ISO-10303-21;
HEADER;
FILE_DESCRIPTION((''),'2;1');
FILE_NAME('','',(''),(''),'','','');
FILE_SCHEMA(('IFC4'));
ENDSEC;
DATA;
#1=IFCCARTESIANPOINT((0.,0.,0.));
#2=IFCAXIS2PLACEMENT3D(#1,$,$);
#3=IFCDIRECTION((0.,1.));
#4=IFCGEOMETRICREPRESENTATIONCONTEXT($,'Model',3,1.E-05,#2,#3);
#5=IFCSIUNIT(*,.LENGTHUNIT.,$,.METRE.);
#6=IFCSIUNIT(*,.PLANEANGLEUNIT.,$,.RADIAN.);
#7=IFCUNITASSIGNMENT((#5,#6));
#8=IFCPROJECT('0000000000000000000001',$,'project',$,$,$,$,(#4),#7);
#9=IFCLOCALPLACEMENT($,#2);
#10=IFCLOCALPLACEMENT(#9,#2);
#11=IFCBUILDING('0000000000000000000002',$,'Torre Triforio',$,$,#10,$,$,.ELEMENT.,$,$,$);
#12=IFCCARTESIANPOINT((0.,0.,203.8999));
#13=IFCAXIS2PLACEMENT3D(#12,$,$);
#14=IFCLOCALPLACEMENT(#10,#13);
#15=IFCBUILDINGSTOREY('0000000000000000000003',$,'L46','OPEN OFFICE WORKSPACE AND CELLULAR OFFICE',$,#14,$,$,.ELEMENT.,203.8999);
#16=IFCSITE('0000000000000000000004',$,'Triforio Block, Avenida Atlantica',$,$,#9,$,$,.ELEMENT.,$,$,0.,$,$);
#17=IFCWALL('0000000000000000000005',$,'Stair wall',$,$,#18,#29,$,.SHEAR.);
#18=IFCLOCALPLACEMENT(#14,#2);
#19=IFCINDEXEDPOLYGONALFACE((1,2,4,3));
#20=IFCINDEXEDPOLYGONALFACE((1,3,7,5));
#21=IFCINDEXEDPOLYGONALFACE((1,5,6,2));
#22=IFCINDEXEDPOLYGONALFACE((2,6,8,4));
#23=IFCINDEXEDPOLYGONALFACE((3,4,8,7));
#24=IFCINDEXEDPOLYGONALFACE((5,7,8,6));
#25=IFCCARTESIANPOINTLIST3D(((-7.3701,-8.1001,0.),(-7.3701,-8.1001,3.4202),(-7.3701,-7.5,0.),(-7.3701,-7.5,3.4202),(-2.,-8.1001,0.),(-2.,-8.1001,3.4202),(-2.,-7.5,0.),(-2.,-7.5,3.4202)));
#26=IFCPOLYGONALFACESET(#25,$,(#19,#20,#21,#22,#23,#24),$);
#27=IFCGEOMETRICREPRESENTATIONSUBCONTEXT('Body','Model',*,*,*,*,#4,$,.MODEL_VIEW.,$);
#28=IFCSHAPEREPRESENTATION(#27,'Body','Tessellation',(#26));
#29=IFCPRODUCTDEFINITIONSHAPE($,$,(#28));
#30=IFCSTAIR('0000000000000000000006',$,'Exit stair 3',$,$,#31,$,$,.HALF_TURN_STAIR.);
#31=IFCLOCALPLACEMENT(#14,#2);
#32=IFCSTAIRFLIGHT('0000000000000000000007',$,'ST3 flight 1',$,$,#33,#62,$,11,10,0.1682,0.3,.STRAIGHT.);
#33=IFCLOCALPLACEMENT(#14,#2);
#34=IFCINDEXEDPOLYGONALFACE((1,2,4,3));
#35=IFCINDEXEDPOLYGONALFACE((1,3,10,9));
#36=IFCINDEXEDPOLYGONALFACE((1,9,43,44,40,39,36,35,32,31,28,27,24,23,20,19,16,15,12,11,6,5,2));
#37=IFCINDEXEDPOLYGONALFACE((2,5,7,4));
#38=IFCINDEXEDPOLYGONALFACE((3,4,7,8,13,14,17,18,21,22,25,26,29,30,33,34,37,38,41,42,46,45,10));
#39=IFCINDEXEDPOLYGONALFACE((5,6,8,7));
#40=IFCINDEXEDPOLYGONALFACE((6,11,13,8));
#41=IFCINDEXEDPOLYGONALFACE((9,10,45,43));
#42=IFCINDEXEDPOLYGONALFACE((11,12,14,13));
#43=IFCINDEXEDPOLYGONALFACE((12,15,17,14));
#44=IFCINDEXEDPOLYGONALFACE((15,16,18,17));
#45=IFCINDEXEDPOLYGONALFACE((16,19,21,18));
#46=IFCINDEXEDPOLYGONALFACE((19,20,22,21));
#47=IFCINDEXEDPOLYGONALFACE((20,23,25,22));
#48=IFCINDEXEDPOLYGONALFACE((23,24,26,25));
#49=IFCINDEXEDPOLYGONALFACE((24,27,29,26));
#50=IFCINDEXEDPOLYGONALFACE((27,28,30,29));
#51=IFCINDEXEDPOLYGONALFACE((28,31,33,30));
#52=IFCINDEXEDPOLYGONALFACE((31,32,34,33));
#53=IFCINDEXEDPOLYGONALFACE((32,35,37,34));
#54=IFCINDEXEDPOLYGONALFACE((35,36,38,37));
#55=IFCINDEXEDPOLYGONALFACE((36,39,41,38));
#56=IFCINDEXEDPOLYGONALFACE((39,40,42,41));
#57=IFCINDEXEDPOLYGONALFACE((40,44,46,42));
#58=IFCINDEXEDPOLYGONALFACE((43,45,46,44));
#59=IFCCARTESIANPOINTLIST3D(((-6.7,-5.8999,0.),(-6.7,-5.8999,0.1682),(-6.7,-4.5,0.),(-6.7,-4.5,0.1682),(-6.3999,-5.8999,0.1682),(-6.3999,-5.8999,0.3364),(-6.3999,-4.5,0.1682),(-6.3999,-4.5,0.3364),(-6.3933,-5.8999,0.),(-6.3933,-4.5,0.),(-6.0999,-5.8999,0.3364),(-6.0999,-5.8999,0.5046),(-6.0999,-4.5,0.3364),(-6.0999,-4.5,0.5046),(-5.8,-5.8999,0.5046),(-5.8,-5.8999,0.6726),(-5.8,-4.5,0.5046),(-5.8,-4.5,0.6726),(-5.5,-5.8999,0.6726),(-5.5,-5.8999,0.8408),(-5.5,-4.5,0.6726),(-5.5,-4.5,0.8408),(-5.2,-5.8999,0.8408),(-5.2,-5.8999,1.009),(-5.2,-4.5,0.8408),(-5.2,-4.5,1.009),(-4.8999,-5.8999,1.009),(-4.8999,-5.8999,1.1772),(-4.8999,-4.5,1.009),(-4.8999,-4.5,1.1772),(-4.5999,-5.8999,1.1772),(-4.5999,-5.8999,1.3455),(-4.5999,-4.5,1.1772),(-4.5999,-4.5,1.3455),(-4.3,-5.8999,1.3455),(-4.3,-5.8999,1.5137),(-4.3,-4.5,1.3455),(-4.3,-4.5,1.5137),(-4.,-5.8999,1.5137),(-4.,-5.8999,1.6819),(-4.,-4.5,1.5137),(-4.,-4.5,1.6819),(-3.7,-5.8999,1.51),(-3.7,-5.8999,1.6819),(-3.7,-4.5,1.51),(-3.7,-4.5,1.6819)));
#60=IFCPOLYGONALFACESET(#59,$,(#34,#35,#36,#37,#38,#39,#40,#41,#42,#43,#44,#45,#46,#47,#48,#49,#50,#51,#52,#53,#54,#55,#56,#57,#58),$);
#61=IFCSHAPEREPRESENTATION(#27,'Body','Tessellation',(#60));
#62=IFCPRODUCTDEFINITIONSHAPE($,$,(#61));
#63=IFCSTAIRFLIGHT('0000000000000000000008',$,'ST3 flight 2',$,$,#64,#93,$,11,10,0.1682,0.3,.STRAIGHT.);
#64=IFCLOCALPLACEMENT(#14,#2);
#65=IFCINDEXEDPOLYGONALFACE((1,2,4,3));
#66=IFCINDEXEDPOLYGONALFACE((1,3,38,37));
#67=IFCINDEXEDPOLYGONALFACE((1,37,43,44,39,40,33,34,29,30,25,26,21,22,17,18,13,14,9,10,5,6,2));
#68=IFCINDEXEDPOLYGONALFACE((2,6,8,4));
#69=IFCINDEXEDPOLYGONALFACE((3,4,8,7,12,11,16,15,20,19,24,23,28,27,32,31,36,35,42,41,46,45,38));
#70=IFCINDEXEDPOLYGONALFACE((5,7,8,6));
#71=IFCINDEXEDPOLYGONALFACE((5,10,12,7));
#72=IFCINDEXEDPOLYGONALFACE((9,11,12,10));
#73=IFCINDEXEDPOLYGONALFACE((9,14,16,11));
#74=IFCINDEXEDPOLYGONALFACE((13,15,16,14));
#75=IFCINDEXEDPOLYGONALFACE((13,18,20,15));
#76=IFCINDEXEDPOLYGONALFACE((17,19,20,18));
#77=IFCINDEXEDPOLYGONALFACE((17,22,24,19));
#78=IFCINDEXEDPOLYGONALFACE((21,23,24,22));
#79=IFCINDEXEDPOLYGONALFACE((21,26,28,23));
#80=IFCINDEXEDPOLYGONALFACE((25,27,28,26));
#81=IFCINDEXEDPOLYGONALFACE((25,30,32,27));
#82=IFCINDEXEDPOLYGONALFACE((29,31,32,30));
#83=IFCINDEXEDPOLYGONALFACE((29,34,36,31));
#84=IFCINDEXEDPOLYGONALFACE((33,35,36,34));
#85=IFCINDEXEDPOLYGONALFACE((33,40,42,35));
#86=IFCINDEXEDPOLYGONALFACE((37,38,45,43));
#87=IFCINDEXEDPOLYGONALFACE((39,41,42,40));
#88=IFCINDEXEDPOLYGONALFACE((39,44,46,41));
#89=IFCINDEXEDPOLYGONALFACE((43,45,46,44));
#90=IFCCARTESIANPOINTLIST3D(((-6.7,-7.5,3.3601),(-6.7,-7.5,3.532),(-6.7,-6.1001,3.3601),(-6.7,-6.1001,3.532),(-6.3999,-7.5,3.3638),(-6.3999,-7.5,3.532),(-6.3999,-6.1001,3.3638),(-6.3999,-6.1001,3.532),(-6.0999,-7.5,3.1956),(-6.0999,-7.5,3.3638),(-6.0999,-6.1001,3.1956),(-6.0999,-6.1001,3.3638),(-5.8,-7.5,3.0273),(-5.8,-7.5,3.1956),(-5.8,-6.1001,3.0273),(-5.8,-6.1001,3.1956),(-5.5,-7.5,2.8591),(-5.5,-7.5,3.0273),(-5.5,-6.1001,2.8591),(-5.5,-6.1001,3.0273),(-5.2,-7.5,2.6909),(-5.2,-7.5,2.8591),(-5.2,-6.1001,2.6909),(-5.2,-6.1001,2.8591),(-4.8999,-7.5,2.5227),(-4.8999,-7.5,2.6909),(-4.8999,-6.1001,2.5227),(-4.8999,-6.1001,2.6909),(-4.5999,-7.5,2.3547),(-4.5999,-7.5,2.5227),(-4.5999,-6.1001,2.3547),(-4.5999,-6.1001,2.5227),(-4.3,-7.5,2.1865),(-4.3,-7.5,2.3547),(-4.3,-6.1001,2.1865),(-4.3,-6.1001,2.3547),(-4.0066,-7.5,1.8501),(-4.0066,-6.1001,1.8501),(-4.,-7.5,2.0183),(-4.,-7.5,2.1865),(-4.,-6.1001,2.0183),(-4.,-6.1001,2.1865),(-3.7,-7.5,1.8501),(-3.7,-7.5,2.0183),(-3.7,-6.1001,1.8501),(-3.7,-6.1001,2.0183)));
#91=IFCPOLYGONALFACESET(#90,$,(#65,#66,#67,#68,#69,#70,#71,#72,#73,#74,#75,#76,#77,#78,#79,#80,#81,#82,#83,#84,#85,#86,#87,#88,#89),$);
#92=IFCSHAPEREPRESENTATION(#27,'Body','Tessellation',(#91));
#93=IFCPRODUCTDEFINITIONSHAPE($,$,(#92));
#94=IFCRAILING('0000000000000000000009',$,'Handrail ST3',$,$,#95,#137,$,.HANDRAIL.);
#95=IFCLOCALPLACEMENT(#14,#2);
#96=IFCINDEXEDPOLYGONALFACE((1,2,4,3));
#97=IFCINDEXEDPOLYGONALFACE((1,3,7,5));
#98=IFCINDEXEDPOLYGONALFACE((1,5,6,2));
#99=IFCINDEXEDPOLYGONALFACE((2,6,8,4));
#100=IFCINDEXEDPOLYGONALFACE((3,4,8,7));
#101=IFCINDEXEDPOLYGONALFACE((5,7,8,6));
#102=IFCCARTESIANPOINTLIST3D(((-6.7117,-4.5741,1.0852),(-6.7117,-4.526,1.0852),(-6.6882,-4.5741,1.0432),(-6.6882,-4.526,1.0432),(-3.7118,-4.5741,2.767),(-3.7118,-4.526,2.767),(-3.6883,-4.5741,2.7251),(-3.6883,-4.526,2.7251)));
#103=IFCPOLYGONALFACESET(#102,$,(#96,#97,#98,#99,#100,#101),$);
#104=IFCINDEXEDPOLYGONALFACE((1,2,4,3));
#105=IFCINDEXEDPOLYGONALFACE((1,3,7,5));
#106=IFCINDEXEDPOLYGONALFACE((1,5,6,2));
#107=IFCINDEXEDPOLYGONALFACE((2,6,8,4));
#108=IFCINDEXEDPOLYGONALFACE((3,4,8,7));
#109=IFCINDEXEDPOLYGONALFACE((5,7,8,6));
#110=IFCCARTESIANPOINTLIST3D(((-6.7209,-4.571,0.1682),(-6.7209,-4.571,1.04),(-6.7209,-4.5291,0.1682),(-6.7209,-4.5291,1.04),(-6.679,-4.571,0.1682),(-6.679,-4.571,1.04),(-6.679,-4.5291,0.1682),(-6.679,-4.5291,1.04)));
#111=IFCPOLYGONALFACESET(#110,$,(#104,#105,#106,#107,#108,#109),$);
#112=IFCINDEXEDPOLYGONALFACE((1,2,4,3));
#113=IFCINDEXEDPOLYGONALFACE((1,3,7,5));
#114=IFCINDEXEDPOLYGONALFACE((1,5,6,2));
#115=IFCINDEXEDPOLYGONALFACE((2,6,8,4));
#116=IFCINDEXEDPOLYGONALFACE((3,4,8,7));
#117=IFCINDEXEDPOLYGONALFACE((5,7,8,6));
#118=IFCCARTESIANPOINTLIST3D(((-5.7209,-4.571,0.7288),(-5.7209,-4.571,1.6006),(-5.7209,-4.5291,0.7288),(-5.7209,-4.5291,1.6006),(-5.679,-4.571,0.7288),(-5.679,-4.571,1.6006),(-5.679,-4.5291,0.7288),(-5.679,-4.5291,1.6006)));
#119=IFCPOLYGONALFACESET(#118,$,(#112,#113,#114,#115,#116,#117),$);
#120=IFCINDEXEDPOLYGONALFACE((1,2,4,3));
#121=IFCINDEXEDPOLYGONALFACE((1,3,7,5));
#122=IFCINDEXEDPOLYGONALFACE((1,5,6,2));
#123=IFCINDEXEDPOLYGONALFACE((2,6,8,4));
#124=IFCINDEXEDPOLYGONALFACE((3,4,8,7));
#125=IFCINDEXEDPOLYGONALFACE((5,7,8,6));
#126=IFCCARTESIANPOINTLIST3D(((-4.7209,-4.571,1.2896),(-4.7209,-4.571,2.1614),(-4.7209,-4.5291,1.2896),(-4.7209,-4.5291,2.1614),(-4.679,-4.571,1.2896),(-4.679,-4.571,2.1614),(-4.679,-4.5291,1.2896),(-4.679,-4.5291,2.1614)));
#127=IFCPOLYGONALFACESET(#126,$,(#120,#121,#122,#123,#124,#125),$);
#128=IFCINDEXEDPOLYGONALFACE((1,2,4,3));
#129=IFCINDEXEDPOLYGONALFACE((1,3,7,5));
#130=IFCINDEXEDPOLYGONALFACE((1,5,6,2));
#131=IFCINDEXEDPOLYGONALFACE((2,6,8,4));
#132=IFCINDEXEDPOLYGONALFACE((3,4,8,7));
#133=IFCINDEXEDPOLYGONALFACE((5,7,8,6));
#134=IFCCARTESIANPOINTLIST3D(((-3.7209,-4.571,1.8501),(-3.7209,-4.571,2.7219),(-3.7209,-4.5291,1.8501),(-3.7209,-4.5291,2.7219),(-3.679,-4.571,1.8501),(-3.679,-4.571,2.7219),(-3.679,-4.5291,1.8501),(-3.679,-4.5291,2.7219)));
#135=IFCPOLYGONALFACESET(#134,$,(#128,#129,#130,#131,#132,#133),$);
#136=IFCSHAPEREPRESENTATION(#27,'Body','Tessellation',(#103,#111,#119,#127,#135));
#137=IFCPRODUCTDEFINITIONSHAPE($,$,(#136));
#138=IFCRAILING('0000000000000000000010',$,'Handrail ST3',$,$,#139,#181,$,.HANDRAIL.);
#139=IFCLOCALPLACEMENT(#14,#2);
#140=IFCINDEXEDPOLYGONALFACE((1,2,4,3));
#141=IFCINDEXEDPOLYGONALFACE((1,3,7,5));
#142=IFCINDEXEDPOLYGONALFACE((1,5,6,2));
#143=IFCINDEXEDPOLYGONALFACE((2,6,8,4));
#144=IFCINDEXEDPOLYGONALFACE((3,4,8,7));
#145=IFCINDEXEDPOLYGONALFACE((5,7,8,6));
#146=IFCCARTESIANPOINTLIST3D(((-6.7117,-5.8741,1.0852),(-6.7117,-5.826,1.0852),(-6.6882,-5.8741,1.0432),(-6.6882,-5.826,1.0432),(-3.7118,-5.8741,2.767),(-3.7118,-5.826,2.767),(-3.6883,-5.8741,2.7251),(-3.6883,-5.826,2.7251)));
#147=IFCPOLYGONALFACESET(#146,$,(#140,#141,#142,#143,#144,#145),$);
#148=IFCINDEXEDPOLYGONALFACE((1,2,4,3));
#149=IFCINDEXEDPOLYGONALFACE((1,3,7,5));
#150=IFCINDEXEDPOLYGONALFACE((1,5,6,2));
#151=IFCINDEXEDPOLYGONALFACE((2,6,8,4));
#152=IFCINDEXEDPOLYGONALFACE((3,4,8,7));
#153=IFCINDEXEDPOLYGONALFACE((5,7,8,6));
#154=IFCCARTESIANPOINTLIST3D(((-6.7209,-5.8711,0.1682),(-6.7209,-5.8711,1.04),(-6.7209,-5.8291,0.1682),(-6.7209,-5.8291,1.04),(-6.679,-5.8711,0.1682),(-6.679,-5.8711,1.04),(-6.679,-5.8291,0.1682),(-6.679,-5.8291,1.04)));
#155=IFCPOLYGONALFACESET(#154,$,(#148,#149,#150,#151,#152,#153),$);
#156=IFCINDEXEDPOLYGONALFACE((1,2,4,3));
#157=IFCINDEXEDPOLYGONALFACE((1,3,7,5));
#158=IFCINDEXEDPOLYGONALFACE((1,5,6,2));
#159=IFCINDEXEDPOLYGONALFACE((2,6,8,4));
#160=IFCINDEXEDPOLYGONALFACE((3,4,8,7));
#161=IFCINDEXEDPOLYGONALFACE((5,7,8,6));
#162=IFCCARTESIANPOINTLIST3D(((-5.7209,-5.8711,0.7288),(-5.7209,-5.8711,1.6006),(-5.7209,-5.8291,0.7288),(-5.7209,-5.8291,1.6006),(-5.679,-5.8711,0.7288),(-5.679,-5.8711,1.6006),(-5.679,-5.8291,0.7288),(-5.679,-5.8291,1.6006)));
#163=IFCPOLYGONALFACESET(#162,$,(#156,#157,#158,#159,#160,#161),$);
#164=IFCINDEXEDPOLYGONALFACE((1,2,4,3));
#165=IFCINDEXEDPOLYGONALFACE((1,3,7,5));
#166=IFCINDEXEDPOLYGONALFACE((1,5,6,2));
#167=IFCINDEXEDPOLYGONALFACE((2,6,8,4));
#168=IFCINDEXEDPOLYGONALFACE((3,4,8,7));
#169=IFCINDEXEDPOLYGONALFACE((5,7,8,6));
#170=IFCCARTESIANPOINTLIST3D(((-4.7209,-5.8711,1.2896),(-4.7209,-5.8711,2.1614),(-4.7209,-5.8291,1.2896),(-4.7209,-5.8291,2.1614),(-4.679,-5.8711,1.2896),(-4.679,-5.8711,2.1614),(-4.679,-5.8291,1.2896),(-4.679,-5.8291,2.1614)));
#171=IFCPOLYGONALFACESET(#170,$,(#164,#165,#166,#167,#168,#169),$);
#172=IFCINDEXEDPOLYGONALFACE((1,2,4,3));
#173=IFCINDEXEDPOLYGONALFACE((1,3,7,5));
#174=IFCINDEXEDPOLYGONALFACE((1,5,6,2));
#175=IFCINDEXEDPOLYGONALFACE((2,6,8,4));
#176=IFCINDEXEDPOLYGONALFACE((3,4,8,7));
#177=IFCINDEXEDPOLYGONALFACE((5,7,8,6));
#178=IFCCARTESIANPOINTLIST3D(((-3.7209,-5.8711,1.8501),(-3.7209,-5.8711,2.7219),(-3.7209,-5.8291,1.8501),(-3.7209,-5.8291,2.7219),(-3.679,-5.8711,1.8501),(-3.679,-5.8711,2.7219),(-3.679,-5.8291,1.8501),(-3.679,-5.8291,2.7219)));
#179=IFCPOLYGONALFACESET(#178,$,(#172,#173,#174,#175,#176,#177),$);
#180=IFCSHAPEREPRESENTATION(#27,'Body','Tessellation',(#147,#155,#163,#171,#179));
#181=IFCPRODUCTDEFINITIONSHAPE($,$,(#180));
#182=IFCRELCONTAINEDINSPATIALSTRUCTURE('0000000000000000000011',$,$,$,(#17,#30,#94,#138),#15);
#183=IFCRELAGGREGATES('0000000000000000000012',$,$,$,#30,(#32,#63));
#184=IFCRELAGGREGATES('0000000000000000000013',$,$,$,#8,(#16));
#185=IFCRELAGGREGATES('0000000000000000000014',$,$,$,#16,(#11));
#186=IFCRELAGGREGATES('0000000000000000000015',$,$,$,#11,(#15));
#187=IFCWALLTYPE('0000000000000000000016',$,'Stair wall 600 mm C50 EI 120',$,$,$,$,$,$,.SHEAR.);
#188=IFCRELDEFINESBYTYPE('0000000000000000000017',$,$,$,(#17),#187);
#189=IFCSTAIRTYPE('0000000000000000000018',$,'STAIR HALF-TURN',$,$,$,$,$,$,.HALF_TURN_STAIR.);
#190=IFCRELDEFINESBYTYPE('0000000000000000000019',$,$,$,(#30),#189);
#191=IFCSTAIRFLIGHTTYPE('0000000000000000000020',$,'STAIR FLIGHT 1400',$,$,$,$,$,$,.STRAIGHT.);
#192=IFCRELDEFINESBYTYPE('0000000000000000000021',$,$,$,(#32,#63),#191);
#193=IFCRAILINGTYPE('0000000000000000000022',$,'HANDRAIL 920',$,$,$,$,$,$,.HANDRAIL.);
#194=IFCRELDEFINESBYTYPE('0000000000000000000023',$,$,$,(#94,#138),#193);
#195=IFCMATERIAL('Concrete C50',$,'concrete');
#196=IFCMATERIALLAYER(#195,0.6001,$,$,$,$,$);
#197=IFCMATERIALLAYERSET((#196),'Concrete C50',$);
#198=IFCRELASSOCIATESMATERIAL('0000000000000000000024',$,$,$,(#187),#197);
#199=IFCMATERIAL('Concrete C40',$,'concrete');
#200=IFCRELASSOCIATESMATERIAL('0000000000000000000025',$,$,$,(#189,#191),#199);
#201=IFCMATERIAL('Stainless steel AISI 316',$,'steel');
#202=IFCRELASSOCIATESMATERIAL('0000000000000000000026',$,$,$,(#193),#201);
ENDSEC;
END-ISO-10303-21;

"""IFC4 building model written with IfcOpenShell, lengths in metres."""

from ifc_helpers import new_model, si_unit, direction, frame, frame_2d, origin, origin_2d, place, context, subcontext, project, spatial, polyline, rectangle, outline, extrude, material, layer, layer_set, type_object, element, aggregate, save


model = new_model("IFC4")

# Units and contexts
model_context = context("Model", 3, precision=1e-05, world=origin(), true_north=direction((0.0, 1.0)))
body_context = subcontext(model_context, "Body", "Model", "MODEL_VIEW")
ifc_project = project(units=[si_unit("LENGTHUNIT", "METRE"), si_unit("PLANEANGLEUNIT", "RADIAN")], contexts=[model_context])

# Site, building, storey
site_placement = place(None, origin())
site = spatial("IfcSite", under=ifc_project, at=site_placement, Name="Triforio Block, Avenida Atlantica", CompositionType="ELEMENT", RefElevation=0.0)
building_placement = place(site_placement, origin())
building = spatial("IfcBuilding", under=site, at=building_placement, Name="Torre Triforio", CompositionType="ELEMENT")
storey_placement = place(building_placement, frame((0.0, 0.0, 203.8999)))
storey = spatial("IfcBuildingStorey", under=building, at=storey_placement, Name="L46", Description="OPEN OFFICE WORKSPACE AND CELLULAR OFFICE", CompositionType="ELEMENT", Elevation=203.8999)

# Shared definitions
ifc_material_1 = material(Name="Concrete C40", Category="concrete")

# Shared definitions
ifc_material_2 = material(Name="Concrete C50", Category="concrete")

# Wall
ifc_layer_1 = layer(ifc_material_2, 0.6001)
ifc_layer_set_1 = layer_set([ifc_layer_1], Name="Concrete C50")
wall_type_1 = type_object("IfcWallType", Name="Stair wall 600 mm C50 EI 120", PredefinedType="SHEAR", material=ifc_layer_set_1)
wall_1_placement = place(storey_placement, frame((-7.3701, -7.8, 0.0), z_axis=(0.0, 0.0, 1.0), x_axis=(1.0, 0.0, 0.0)))
element("IfcWall", 1, at=wall_1_placement, inside=storey, type_object=wall_type_1, Name="Stair wall", PredefinedType="SHEAR", context=body_context, shape_type="SweptSolid", body=[
    extrude(rectangle(XDim=5.3701, YDim=0.6001, at=frame_2d((2.6851, 0.0))), origin(), (0.0, 0.0, 1.0), 3.4202),
])

# Stair, stair flights
stair_type = type_object("IfcStairType", Name="STAIR HALF-TURN", PredefinedType="HALF_TURN_STAIR", material=ifc_material_1)
stair_placement = place(storey_placement, origin())
stair = element("IfcStair", 2, at=stair_placement, inside=storey, type_object=stair_type, Name="Exit stair 3", PredefinedType="HALF_TURN_STAIR")
stair_flight_type = type_object("IfcStairFlightType", Name="STAIR FLIGHT 1400", PredefinedType="STRAIGHT", material=ifc_material_1)
stair_flight_1_placement = place(storey_placement, frame((-6.7, -5.2, 0.0), z_axis=(0.0, 0.0, 1.0), x_axis=(1.0, 0.0, 0.0)))
stair_flight_1 = element("IfcStairFlight", 3, at=stair_flight_1_placement, type_object=stair_flight_type, Name="ST3 flight 1", NumberOfRisers=11, NumberOfTreads=10, PredefinedType="STRAIGHT", RiserHeight=0.1682, TreadLength=0.3, context=body_context, shape_type="SweptSolid", body=[
    extrude(outline(polyline([(0.0, 0.0), (0.0, 0.1682), (0.3, 0.1682), (0.3, 0.3364), (0.6001, 0.3364), (0.6001, 0.5046), (0.8999, 0.5046), (0.8999, 0.6726), (1.2, 0.6726), (1.2, 0.8408), (1.5, 0.8408), (1.5, 1.009), (1.8, 1.009), (1.8, 1.1772), (2.1001, 1.1772), (2.1001, 1.3455), (2.3999, 1.3455), (2.3999, 1.5137), (2.7, 1.5137), (2.7, 1.6819), (3.0, 1.6819), (3.0, 1.8501), (3.0, 1.51), (0.3066, 0.0), (0.0, 0.0)])), frame((0.0, 0.7, 0.0), z_axis=(0.0, -1.0, 0.0), x_axis=(1.0, 0.0, 0.0)), (0.0, 0.0, 1.0), 1.3999),
])
stair_flight_2_placement = place(storey_placement, frame((-3.7, -6.8, 1.8501), z_axis=(0.0, 0.0, 1.0), x_axis=(-1.0, 0.0, 0.0)))
stair_flight_2 = element("IfcStairFlight", 4, at=stair_flight_2_placement, type_object=stair_flight_type, Name="ST3 flight 2", NumberOfRisers=11, NumberOfTreads=10, PredefinedType="STRAIGHT", RiserHeight=0.1682, TreadLength=0.3, context=body_context, shape_type="SweptSolid", body=[
    extrude(outline(polyline([(0.0, 0.0), (0.0, 0.1682), (0.3, 0.1682), (0.3, 0.3364), (0.6001, 0.3364), (0.6001, 0.5046), (0.8999, 0.5046), (0.8999, 0.6726), (1.2, 0.6726), (1.2, 0.8408), (1.5, 0.8408), (1.5, 1.009), (1.8, 1.009), (1.8, 1.1772), (2.1001, 1.1772), (2.1001, 1.3455), (2.3999, 1.3455), (2.3999, 1.5137), (2.7, 1.5137), (2.7, 1.6819), (3.0, 1.6819), (3.0, 1.8501), (3.0, 1.51), (0.3066, 0.0), (0.0, 0.0)])), frame((0.0, 0.7, 0.0), z_axis=(0.0, -1.0, 0.0), x_axis=(1.0, 0.0, 0.0)), (0.0, 0.0, 1.0), 1.3999),
])
aggregate(stair, [stair_flight_1, stair_flight_2])

# Railings
ifc_material_3 = material(Name="Stainless steel AISI 316", Category="steel")
railing_type = type_object("IfcRailingType", Name="HANDRAIL 920", PredefinedType="HANDRAIL", material=ifc_material_3)
for number, where, name in (
    (5, (-6.7, -4.55, 0.1682), "Handrail ST3"),
    (6, (-6.7, -5.8501, 0.1682), "Handrail ST3"),
):
    element("IfcRailing", number, at=place(storey_placement, frame(where)), inside=storey, type_object=railing_type, Name=name, PredefinedType="HANDRAIL", context=body_context, shape_type="SweptSolid", body=[
        extrude(rectangle(XDim=0.0481, YDim=0.0481, at=origin_2d()), frame((0.0, 0.0, 0.896), z_axis=(0.872272, 0.0, 0.48902), x_axis=(0.0, 1.0, 0.0)), (0.0, 0.0, 1.0), 3.4392),
        extrude(rectangle(XDim=0.042, YDim=0.042, at=origin_2d()), origin(), (0.0, 0.0, 1.0), 0.8718),
        extrude(rectangle(XDim=0.042, YDim=0.042, at=origin_2d()), frame((1.0, 0.0, 0.5605)), (0.0, 0.0, 1.0), 0.8718),
        extrude(rectangle(XDim=0.042, YDim=0.042, at=origin_2d()), frame((2.0, 0.0, 1.1213)), (0.0, 0.0, 1.0), 0.8718),
        extrude(rectangle(XDim=0.042, YDim=0.042, at=origin_2d()), frame((3.0, 0.0, 1.6819)), (0.0, 0.0, 1.0), 0.8718),
    ])

save(model, "model.ifc")
